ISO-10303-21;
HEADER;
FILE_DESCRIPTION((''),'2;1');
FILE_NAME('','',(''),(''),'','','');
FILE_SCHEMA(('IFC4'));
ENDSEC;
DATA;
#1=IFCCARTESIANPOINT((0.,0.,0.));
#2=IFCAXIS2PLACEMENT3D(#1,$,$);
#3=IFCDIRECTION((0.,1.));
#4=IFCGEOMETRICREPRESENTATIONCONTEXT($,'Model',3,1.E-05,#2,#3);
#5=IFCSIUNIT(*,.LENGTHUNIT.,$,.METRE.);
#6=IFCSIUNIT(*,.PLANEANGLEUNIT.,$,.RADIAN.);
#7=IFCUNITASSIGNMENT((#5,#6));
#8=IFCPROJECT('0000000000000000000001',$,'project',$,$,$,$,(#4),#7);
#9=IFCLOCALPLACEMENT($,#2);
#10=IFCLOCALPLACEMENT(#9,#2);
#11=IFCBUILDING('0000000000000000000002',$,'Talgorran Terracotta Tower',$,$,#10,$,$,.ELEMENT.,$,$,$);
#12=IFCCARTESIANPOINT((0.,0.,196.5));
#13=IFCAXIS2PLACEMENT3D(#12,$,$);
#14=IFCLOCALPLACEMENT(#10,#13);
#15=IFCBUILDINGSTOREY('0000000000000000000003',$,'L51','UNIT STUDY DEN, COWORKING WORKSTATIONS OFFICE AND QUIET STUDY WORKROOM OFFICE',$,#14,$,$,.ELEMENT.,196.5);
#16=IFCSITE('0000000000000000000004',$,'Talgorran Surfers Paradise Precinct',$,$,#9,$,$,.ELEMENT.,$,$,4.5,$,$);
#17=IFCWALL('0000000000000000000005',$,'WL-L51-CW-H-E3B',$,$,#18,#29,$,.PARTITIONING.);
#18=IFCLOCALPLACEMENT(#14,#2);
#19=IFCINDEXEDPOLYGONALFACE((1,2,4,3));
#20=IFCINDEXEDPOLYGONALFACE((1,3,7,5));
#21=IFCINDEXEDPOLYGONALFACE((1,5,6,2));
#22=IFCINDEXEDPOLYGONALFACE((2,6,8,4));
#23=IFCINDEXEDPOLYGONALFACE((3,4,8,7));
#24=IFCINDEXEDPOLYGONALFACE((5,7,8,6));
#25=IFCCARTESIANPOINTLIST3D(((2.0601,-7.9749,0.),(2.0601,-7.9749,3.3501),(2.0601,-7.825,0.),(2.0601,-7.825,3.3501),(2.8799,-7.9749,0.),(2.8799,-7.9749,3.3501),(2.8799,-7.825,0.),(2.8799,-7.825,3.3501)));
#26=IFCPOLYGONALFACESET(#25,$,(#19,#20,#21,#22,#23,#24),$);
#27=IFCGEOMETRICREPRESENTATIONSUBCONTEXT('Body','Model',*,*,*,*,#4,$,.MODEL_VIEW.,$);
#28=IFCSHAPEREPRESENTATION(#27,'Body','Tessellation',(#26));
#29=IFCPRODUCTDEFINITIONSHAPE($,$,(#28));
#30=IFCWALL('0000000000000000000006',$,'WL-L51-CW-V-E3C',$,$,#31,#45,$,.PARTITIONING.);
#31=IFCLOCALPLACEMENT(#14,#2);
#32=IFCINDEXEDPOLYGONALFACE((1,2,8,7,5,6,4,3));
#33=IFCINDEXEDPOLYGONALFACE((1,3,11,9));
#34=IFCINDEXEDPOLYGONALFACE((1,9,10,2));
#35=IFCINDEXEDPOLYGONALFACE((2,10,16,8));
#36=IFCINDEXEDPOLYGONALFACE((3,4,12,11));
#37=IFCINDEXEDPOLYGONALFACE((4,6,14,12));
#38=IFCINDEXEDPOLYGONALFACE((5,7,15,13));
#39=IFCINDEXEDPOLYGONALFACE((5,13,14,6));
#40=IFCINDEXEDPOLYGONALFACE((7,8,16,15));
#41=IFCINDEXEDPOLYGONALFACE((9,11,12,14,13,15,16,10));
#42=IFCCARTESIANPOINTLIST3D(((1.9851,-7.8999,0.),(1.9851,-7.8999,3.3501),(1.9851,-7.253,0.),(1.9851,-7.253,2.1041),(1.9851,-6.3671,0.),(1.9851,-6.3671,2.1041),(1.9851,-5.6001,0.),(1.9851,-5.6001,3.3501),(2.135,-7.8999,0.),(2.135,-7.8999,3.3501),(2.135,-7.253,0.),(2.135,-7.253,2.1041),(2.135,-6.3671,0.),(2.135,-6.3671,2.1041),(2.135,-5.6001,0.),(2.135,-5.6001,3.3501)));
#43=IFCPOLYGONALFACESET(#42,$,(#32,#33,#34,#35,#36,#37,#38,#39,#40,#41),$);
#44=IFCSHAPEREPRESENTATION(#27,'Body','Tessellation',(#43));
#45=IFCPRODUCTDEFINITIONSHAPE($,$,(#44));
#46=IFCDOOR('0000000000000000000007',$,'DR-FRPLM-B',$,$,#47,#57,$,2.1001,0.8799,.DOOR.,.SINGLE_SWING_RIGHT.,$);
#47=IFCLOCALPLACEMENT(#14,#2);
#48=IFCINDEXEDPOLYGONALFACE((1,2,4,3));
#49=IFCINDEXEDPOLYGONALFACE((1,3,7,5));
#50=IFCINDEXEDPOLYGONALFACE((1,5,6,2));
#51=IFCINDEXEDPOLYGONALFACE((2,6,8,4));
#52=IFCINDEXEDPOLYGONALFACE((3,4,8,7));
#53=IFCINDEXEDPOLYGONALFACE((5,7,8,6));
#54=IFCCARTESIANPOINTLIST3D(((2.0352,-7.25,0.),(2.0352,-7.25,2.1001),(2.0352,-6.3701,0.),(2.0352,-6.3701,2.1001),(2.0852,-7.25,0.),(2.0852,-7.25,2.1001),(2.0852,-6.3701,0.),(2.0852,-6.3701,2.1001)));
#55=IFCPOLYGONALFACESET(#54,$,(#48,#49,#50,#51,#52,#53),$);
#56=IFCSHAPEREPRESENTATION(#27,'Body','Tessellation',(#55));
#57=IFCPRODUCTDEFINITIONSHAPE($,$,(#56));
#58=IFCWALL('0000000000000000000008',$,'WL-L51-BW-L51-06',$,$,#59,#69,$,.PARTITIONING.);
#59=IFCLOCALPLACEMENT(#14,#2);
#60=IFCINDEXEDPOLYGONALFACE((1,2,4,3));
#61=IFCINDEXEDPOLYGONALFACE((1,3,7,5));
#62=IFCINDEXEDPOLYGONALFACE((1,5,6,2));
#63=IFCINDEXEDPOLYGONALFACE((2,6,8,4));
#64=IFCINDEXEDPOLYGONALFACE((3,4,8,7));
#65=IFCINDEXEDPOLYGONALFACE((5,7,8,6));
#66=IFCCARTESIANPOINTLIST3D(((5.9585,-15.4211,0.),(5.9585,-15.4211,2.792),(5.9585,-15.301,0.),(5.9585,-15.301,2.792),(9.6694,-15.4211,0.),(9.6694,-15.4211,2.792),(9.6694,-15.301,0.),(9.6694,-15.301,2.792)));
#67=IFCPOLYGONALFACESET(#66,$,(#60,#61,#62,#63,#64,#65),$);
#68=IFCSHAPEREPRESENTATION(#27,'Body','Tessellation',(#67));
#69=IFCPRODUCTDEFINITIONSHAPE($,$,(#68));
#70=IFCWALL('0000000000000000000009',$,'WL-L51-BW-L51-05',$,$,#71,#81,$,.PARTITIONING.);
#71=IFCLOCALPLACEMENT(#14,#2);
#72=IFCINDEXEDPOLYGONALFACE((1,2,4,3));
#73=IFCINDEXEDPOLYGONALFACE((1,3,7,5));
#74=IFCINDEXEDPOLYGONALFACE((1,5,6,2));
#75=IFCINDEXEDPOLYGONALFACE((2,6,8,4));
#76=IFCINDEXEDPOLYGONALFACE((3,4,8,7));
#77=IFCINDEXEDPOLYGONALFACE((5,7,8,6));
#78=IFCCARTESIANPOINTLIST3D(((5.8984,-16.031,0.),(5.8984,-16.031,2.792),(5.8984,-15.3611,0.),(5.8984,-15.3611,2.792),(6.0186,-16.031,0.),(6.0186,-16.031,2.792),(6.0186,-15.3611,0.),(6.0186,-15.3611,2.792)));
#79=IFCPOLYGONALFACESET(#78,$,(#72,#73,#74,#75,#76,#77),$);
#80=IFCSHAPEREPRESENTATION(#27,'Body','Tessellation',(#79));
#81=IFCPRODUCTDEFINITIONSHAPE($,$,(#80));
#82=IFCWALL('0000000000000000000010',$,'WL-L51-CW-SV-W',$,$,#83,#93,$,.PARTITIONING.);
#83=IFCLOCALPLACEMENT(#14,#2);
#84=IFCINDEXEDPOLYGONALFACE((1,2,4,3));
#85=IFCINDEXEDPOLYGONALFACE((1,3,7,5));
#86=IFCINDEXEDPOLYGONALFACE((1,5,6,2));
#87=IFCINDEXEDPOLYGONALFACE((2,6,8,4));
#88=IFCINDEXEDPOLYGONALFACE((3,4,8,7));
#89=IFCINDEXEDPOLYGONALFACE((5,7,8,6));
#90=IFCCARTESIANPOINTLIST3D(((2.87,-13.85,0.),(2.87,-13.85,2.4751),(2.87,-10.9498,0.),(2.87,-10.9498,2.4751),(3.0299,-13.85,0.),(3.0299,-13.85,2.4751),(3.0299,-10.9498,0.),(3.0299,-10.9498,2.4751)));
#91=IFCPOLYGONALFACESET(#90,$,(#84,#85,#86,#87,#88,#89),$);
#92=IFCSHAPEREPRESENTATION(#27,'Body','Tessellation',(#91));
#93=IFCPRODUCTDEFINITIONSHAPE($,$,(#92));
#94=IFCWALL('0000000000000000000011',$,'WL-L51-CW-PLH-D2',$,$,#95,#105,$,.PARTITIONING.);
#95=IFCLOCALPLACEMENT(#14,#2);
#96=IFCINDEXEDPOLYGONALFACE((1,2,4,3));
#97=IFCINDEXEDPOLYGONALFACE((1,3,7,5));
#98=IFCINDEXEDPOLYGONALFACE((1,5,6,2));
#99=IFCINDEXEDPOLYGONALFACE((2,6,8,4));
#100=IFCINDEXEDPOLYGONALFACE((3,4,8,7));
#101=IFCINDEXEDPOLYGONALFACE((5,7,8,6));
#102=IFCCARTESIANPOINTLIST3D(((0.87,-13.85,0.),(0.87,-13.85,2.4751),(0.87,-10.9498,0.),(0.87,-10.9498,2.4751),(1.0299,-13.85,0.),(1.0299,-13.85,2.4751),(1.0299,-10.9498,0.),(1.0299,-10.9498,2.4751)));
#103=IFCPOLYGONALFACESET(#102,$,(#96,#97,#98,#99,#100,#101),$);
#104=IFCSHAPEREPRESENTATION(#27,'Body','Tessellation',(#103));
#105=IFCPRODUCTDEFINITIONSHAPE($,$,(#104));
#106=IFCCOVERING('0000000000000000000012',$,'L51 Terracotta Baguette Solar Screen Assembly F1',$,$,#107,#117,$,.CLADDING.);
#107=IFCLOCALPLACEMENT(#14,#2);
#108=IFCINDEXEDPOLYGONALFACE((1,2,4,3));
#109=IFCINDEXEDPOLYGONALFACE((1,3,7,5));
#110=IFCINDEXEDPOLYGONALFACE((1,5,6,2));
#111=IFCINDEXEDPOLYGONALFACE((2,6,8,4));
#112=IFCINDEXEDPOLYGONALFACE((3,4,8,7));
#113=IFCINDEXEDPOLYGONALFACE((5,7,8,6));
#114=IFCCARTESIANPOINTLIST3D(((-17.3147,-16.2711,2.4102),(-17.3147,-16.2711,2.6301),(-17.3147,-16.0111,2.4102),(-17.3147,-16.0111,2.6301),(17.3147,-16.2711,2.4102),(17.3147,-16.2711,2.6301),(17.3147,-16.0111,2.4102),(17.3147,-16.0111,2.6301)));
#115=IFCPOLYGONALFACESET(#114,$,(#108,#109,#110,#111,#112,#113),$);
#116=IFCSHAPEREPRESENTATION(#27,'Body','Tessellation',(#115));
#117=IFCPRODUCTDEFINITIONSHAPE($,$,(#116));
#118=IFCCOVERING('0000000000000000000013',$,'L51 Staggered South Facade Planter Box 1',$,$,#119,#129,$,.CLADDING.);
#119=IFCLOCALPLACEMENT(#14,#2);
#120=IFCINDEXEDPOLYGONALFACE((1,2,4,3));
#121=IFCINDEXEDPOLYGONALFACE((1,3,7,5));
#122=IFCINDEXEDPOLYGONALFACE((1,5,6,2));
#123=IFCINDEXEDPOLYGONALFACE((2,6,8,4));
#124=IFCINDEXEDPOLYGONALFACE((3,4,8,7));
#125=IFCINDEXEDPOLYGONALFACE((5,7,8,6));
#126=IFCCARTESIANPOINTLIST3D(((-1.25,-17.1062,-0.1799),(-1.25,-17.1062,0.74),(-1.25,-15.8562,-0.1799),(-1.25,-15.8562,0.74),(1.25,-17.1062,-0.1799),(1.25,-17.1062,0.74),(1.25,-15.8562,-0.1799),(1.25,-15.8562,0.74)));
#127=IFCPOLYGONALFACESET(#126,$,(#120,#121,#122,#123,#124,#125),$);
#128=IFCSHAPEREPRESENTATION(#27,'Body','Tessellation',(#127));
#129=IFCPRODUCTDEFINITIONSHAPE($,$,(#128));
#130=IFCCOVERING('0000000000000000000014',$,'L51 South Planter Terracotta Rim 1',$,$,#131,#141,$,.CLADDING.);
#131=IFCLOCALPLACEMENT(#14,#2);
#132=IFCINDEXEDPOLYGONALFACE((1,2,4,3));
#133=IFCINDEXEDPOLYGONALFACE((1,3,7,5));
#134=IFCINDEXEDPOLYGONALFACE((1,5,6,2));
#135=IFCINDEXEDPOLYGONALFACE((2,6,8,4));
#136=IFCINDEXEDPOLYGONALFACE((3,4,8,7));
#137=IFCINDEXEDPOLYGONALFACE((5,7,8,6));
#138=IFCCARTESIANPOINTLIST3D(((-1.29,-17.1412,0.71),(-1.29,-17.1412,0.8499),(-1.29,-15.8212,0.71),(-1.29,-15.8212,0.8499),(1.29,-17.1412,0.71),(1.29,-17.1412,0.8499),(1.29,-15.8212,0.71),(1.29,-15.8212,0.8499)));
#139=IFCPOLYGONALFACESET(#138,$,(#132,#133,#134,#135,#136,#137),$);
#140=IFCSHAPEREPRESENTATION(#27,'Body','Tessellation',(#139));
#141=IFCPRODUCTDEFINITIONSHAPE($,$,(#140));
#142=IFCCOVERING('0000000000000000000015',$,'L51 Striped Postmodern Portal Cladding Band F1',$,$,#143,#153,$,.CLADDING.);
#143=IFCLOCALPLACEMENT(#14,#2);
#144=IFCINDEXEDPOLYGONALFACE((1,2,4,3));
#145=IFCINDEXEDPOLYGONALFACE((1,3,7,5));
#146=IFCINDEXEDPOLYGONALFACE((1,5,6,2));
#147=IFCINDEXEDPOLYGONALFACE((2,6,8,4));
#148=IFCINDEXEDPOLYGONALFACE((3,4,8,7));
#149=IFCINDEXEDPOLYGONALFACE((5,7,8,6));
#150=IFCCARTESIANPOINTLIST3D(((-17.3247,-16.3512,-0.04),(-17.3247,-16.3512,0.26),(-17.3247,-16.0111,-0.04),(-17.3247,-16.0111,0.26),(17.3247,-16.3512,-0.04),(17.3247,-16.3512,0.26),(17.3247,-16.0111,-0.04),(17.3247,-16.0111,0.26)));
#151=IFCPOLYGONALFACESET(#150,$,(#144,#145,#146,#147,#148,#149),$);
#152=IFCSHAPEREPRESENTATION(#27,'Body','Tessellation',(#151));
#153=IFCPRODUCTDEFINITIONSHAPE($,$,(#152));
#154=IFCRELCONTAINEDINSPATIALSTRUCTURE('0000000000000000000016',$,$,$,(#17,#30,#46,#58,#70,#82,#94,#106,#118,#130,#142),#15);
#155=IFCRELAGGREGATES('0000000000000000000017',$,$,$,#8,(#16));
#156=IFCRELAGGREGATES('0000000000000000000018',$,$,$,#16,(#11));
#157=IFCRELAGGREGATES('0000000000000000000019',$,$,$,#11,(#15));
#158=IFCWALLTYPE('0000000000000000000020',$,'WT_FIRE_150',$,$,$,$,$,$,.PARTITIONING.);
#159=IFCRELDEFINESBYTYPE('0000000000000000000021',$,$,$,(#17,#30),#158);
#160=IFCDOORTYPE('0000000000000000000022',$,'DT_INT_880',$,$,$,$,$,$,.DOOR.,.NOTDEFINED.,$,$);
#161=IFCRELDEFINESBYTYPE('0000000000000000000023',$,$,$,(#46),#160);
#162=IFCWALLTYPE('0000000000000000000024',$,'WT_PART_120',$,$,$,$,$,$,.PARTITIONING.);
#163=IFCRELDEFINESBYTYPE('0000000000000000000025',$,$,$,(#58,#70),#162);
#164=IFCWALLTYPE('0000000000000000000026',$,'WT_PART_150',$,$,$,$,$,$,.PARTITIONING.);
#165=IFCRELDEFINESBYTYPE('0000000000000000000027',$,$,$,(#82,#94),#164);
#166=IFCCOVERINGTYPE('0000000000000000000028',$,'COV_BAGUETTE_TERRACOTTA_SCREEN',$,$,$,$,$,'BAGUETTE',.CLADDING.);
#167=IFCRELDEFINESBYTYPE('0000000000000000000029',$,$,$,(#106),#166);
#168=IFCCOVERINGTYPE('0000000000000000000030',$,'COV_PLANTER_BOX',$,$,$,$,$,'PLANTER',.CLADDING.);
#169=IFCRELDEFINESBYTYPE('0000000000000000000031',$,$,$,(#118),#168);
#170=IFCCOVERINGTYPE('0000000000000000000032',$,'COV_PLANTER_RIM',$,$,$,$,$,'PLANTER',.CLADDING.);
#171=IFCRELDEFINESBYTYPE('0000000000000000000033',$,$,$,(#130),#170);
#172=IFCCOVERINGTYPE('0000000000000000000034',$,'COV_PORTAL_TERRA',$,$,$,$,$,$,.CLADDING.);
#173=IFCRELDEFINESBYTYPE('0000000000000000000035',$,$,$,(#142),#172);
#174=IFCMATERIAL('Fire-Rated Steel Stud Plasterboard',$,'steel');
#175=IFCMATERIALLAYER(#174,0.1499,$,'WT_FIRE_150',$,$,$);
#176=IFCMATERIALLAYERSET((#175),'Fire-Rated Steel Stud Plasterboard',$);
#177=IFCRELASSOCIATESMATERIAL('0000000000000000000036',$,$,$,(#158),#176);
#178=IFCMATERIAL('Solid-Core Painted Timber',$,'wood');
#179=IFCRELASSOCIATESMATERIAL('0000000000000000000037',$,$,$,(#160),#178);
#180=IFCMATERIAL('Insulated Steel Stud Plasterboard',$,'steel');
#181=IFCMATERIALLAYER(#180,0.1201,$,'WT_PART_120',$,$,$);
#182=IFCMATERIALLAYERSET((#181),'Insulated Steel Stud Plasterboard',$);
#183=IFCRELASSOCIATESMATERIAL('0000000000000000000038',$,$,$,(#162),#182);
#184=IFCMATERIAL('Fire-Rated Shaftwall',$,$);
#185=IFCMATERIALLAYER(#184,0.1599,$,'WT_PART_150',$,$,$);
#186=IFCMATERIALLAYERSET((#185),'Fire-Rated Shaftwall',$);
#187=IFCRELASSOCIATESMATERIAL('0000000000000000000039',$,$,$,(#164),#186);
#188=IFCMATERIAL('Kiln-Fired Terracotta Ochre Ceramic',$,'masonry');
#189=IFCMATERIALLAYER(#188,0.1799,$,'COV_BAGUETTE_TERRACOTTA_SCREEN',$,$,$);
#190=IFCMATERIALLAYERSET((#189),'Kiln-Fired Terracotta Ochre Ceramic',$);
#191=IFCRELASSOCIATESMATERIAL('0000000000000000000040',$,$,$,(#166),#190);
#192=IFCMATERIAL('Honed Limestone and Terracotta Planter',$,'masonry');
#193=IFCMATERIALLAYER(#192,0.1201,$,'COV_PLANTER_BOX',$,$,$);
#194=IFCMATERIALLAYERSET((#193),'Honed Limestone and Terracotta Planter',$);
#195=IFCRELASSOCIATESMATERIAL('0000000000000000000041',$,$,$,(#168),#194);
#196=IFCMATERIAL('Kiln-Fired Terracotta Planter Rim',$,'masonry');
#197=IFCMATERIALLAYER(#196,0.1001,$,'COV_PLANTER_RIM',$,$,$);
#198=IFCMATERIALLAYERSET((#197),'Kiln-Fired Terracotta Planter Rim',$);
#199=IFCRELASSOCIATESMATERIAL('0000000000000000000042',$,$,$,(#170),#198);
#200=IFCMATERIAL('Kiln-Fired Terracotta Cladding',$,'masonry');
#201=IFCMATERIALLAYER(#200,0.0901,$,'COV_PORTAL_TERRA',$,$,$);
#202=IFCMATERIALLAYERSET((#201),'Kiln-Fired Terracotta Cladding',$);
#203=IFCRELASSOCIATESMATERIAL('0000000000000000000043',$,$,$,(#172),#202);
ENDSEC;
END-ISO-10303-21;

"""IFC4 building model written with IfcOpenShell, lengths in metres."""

from ifc_helpers import new_model, si_unit, direction, frame, frame_2d, origin, origin_2d, place, context, subcontext, project, spatial, rectangle, extrude, material, layer, layer_set, type_object, element, fill, save


model = new_model("IFC4")

# Units and contexts
model_context = context("Model", 3, precision=1e-05, world=origin(), true_north=direction((0.0, 1.0)))
body_context = subcontext(model_context, "Body", "Model", "MODEL_VIEW")
ifc_project = project(units=[si_unit("LENGTHUNIT", "METRE"), si_unit("PLANEANGLEUNIT", "RADIAN")], contexts=[model_context])

# Site, building, storey
site_placement = place(None, origin())
site = spatial("IfcSite", under=ifc_project, at=site_placement, Name="Talgorran Surfers Paradise Precinct", CompositionType="ELEMENT", RefElevation=4.5)
building_placement = place(site_placement, origin())
building = spatial("IfcBuilding", under=site, at=building_placement, Name="Talgorran Terracotta Tower", CompositionType="ELEMENT")
storey_placement = place(building_placement, frame((0.0, 0.0, 196.5)))
storey = spatial("IfcBuildingStorey", under=building, at=storey_placement, Name="L51", Description="UNIT STUDY DEN, COWORKING WORKSTATIONS OFFICE AND QUIET STUDY WORKROOM OFFICE", CompositionType="ELEMENT", Elevation=196.5)

# Wall
ifc_material_1 = material(Name="Fire-Rated Steel Stud Plasterboard", Category="steel")
ifc_layer_1 = layer(ifc_material_1, 0.1499, Name="WT_FIRE_150")
ifc_layer_set_1 = layer_set([ifc_layer_1], Name="Fire-Rated Steel Stud Plasterboard")
wall_type_1 = type_object("IfcWallType", Name="WT_FIRE_150", PredefinedType="PARTITIONING", material=ifc_layer_set_1)
wall_1_placement = place(storey_placement, frame((2.0601, -7.8999, 0.0), z_axis=(0.0, 0.0, 1.0), x_axis=(1.0, 0.0, 0.0)))
element("IfcWall", 1, at=wall_1_placement, inside=storey, type_object=wall_type_1, Name="WL-L51-CW-H-E3B", PredefinedType="PARTITIONING", context=body_context, shape_type="SweptSolid", body=[
    extrude(rectangle(XDim=0.8198, YDim=0.1499, at=frame_2d((0.4099, 0.0))), origin(), (0.0, 0.0, 1.0), 3.3501),
])

# Wall, opening, door
wall_2_placement = place(storey_placement, frame((2.0601, -7.8999, 0.0), z_axis=(0.0, 0.0, 1.0), x_axis=(0.0, 1.0, 0.0)))
wall_2 = element("IfcWall", 2, at=wall_2_placement, inside=storey, type_object=wall_type_1, Name="WL-L51-CW-V-E3C", PredefinedType="PARTITIONING", context=body_context, shape_type="SweptSolid", body=[
    extrude(rectangle(XDim=2.2998, YDim=0.1499, at=frame_2d((1.1499, 0.0))), origin(), (0.0, 0.0, 1.0), 3.3501),
])
opening_1_placement = place(wall_2_placement, frame((0.6499, 0.0, 0.0)))
opening_1 = element("IfcOpeningElement", 3, at=opening_1_placement, cuts=wall_2, PredefinedType="OPENING", context=body_context, shape_type="SweptSolid", body=[
    extrude(rectangle(XDim=0.8859, YDim=2.1041, at=frame_2d((0.4399, 1.052))), frame((0.0, 0.085, 0.0), z_axis=(0.0, -1.0, 0.0), x_axis=(1.0, 0.0, 0.0)), (0.0, 0.0, 1.0), 0.1699),
])
ifc_material_2 = material(Name="Solid-Core Painted Timber", Category="wood")
door_type_1 = type_object("IfcDoorType", Name="DT_INT_880", OperationType="NOTDEFINED", PredefinedType="DOOR", material=ifc_material_2)
door_1_placement = place(opening_1_placement, origin())
door_1 = element("IfcDoor", 4, at=door_1_placement, inside=storey, type_object=door_type_1, Name="DR-FRPLM-B", OperationType="SINGLE_SWING_RIGHT", OverallHeight=2.1001, OverallWidth=0.8799, PredefinedType="DOOR", context=body_context, shape_type="SweptSolid", body=[
    extrude(rectangle(XDim=0.8799, YDim=2.1001, at=frame_2d((0.4399, 1.05))), frame((0.0, 0.0249, 0.0), z_axis=(0.0, -1.0, 0.0), x_axis=(1.0, 0.0, 0.0)), (0.0, 0.0, 1.0), 0.05),
])
fill(opening_1, door_1)

# Walls
ifc_material_3 = material(Name="Insulated Steel Stud Plasterboard", Category="steel")
ifc_layer_2 = layer(ifc_material_3, 0.1201, Name="WT_PART_120")
ifc_layer_set_2 = layer_set([ifc_layer_2], Name="Insulated Steel Stud Plasterboard")
wall_type_2 = type_object("IfcWallType", Name="WT_PART_120", PredefinedType="PARTITIONING", material=ifc_layer_set_2)
wall_3_placement = place(storey_placement, frame((5.9585, -15.3611, 0.0), z_axis=(0.0, 0.0, 1.0), x_axis=(1.0, 0.0, 0.0)))
element("IfcWall", 5, at=wall_3_placement, inside=storey, type_object=wall_type_2, Name="WL-L51-BW-L51-06", PredefinedType="PARTITIONING", context=body_context, shape_type="SweptSolid", body=[
    extrude(rectangle(XDim=3.7109, YDim=0.1201, at=frame_2d((1.8555, 0.0))), origin(), (0.0, 0.0, 1.0), 2.792),
])
wall_4_placement = place(storey_placement, frame((5.9585, -16.031, 0.0), z_axis=(0.0, 0.0, 1.0), x_axis=(0.0, 1.0, 0.0)))
element("IfcWall", 6, at=wall_4_placement, inside=storey, type_object=wall_type_2, Name="WL-L51-BW-L51-05", PredefinedType="PARTITIONING", context=body_context, shape_type="SweptSolid", body=[
    extrude(rectangle(XDim=0.6699, YDim=0.1201, at=frame_2d((0.335, 0.0))), origin(), (0.0, 0.0, 1.0), 2.792),
])
ifc_material_4 = material(Name="Fire-Rated Shaftwall")
ifc_layer_3 = layer(ifc_material_4, 0.1599, Name="WT_PART_150")
ifc_layer_set_3 = layer_set([ifc_layer_3], Name="Fire-Rated Shaftwall")
wall_type_3 = type_object("IfcWallType", Name="WT_PART_150", PredefinedType="PARTITIONING", material=ifc_layer_set_3)
for number, where, z_axis, x_axis, name in (
    (7, (2.95, -13.8501, 0.0), (0.0, 0.0, 1.0), (0.0, 1.0, 0.0), "WL-L51-CW-SV-W"),
    (8, (0.95, -13.8501, 0.0), (0.0, 0.0, 1.0), (0.0, 1.0, 0.0), "WL-L51-CW-PLH-D2"),
):
    element("IfcWall", number, at=place(storey_placement, frame(where, z_axis=z_axis, x_axis=x_axis)), inside=storey, type_object=wall_type_3, Name=name, PredefinedType="PARTITIONING", context=body_context, shape_type="SweptSolid", body=[
        extrude(rectangle(XDim=2.9001, YDim=0.1599, at=frame_2d((1.4502, 0.0))), origin(), (0.0, 0.0, 1.0), 2.4751),
    ])

# Coverings
ifc_material_5 = material(Name="Kiln-Fired Terracotta Ochre Ceramic", Category="masonry")
ifc_layer_4 = layer(ifc_material_5, 0.1799, Name="COV_BAGUETTE_TERRACOTTA_SCREEN")
ifc_layer_set_4 = layer_set([ifc_layer_4], Name="Kiln-Fired Terracotta Ochre Ceramic")
covering_type_1 = type_object("IfcCoveringType", Name="COV_BAGUETTE_TERRACOTTA_SCREEN", ElementType="BAGUETTE", PredefinedType="CLADDING", material=ifc_layer_set_4)
covering_1_placement = place(storey_placement, frame((0.0, -16.1411, 2.4102), z_axis=(0.0, 0.0, 1.0), x_axis=(1.0, 0.0, 0.0)))
element("IfcCovering", 9, at=covering_1_placement, inside=storey, type_object=covering_type_1, Name="L51 Terracotta Baguette Solar Screen Assembly F1", PredefinedType="CLADDING", context=body_context, shape_type="SweptSolid", body=[
    extrude(rectangle(XDim=34.6294, YDim=0.26, at=origin_2d()), origin(), (0.0, 0.0, 1.0), 0.22),
])
ifc_material_6 = material(Name="Honed Limestone and Terracotta Planter", Category="masonry")
ifc_layer_5 = layer(ifc_material_6, 0.1201, Name="COV_PLANTER_BOX")
ifc_layer_set_5 = layer_set([ifc_layer_5], Name="Honed Limestone and Terracotta Planter")
covering_type_2 = type_object("IfcCoveringType", Name="COV_PLANTER_BOX", ElementType="PLANTER", PredefinedType="CLADDING", material=ifc_layer_set_5)
covering_2_placement = place(storey_placement, frame((0.0, -16.4812, -0.1799), z_axis=(0.0, 0.0, 1.0), x_axis=(1.0, 0.0, 0.0)))
element("IfcCovering", 10, at=covering_2_placement, inside=storey, type_object=covering_type_2, Name="L51 Staggered South Facade Planter Box 1", PredefinedType="CLADDING", context=body_context, shape_type="SweptSolid", body=[
    extrude(rectangle(XDim=2.5, YDim=1.25, at=origin_2d()), origin(), (0.0, 0.0, 1.0), 0.9199),
])
ifc_material_7 = material(Name="Kiln-Fired Terracotta Planter Rim", Category="masonry")
ifc_layer_6 = layer(ifc_material_7, 0.1001, Name="COV_PLANTER_RIM")
ifc_layer_set_6 = layer_set([ifc_layer_6], Name="Kiln-Fired Terracotta Planter Rim")
covering_type_3 = type_object("IfcCoveringType", Name="COV_PLANTER_RIM", ElementType="PLANTER", PredefinedType="CLADDING", material=ifc_layer_set_6)
covering_3_placement = place(storey_placement, frame((0.0, -16.4812, 0.71), z_axis=(0.0, 0.0, 1.0), x_axis=(1.0, 0.0, 0.0)))
element("IfcCovering", 11, at=covering_3_placement, inside=storey, type_object=covering_type_3, Name="L51 South Planter Terracotta Rim 1", PredefinedType="CLADDING", context=body_context, shape_type="SweptSolid", body=[
    extrude(rectangle(XDim=2.5801, YDim=1.3201, at=origin_2d()), origin(), (0.0, 0.0, 1.0), 0.1399),
])
ifc_material_8 = material(Name="Kiln-Fired Terracotta Cladding", Category="masonry")
ifc_layer_7 = layer(ifc_material_8, 0.0901, Name="COV_PORTAL_TERRA")
ifc_layer_set_7 = layer_set([ifc_layer_7], Name="Kiln-Fired Terracotta Cladding")
covering_type_4 = type_object("IfcCoveringType", Name="COV_PORTAL_TERRA", PredefinedType="CLADDING", material=ifc_layer_set_7)
covering_4_placement = place(storey_placement, frame((0.0, -16.1812, -0.04), z_axis=(0.0, 0.0, 1.0), x_axis=(1.0, 0.0, 0.0)))
element("IfcCovering", 12, at=covering_4_placement, inside=storey, type_object=covering_type_4, Name="L51 Striped Postmodern Portal Cladding Band F1", PredefinedType="CLADDING", context=body_context, shape_type="SweptSolid", body=[
    extrude(rectangle(XDim=34.6494, YDim=0.3401, at=origin_2d()), origin(), (0.0, 0.0, 1.0), 0.3),
])

save(model, "model.ifc")
